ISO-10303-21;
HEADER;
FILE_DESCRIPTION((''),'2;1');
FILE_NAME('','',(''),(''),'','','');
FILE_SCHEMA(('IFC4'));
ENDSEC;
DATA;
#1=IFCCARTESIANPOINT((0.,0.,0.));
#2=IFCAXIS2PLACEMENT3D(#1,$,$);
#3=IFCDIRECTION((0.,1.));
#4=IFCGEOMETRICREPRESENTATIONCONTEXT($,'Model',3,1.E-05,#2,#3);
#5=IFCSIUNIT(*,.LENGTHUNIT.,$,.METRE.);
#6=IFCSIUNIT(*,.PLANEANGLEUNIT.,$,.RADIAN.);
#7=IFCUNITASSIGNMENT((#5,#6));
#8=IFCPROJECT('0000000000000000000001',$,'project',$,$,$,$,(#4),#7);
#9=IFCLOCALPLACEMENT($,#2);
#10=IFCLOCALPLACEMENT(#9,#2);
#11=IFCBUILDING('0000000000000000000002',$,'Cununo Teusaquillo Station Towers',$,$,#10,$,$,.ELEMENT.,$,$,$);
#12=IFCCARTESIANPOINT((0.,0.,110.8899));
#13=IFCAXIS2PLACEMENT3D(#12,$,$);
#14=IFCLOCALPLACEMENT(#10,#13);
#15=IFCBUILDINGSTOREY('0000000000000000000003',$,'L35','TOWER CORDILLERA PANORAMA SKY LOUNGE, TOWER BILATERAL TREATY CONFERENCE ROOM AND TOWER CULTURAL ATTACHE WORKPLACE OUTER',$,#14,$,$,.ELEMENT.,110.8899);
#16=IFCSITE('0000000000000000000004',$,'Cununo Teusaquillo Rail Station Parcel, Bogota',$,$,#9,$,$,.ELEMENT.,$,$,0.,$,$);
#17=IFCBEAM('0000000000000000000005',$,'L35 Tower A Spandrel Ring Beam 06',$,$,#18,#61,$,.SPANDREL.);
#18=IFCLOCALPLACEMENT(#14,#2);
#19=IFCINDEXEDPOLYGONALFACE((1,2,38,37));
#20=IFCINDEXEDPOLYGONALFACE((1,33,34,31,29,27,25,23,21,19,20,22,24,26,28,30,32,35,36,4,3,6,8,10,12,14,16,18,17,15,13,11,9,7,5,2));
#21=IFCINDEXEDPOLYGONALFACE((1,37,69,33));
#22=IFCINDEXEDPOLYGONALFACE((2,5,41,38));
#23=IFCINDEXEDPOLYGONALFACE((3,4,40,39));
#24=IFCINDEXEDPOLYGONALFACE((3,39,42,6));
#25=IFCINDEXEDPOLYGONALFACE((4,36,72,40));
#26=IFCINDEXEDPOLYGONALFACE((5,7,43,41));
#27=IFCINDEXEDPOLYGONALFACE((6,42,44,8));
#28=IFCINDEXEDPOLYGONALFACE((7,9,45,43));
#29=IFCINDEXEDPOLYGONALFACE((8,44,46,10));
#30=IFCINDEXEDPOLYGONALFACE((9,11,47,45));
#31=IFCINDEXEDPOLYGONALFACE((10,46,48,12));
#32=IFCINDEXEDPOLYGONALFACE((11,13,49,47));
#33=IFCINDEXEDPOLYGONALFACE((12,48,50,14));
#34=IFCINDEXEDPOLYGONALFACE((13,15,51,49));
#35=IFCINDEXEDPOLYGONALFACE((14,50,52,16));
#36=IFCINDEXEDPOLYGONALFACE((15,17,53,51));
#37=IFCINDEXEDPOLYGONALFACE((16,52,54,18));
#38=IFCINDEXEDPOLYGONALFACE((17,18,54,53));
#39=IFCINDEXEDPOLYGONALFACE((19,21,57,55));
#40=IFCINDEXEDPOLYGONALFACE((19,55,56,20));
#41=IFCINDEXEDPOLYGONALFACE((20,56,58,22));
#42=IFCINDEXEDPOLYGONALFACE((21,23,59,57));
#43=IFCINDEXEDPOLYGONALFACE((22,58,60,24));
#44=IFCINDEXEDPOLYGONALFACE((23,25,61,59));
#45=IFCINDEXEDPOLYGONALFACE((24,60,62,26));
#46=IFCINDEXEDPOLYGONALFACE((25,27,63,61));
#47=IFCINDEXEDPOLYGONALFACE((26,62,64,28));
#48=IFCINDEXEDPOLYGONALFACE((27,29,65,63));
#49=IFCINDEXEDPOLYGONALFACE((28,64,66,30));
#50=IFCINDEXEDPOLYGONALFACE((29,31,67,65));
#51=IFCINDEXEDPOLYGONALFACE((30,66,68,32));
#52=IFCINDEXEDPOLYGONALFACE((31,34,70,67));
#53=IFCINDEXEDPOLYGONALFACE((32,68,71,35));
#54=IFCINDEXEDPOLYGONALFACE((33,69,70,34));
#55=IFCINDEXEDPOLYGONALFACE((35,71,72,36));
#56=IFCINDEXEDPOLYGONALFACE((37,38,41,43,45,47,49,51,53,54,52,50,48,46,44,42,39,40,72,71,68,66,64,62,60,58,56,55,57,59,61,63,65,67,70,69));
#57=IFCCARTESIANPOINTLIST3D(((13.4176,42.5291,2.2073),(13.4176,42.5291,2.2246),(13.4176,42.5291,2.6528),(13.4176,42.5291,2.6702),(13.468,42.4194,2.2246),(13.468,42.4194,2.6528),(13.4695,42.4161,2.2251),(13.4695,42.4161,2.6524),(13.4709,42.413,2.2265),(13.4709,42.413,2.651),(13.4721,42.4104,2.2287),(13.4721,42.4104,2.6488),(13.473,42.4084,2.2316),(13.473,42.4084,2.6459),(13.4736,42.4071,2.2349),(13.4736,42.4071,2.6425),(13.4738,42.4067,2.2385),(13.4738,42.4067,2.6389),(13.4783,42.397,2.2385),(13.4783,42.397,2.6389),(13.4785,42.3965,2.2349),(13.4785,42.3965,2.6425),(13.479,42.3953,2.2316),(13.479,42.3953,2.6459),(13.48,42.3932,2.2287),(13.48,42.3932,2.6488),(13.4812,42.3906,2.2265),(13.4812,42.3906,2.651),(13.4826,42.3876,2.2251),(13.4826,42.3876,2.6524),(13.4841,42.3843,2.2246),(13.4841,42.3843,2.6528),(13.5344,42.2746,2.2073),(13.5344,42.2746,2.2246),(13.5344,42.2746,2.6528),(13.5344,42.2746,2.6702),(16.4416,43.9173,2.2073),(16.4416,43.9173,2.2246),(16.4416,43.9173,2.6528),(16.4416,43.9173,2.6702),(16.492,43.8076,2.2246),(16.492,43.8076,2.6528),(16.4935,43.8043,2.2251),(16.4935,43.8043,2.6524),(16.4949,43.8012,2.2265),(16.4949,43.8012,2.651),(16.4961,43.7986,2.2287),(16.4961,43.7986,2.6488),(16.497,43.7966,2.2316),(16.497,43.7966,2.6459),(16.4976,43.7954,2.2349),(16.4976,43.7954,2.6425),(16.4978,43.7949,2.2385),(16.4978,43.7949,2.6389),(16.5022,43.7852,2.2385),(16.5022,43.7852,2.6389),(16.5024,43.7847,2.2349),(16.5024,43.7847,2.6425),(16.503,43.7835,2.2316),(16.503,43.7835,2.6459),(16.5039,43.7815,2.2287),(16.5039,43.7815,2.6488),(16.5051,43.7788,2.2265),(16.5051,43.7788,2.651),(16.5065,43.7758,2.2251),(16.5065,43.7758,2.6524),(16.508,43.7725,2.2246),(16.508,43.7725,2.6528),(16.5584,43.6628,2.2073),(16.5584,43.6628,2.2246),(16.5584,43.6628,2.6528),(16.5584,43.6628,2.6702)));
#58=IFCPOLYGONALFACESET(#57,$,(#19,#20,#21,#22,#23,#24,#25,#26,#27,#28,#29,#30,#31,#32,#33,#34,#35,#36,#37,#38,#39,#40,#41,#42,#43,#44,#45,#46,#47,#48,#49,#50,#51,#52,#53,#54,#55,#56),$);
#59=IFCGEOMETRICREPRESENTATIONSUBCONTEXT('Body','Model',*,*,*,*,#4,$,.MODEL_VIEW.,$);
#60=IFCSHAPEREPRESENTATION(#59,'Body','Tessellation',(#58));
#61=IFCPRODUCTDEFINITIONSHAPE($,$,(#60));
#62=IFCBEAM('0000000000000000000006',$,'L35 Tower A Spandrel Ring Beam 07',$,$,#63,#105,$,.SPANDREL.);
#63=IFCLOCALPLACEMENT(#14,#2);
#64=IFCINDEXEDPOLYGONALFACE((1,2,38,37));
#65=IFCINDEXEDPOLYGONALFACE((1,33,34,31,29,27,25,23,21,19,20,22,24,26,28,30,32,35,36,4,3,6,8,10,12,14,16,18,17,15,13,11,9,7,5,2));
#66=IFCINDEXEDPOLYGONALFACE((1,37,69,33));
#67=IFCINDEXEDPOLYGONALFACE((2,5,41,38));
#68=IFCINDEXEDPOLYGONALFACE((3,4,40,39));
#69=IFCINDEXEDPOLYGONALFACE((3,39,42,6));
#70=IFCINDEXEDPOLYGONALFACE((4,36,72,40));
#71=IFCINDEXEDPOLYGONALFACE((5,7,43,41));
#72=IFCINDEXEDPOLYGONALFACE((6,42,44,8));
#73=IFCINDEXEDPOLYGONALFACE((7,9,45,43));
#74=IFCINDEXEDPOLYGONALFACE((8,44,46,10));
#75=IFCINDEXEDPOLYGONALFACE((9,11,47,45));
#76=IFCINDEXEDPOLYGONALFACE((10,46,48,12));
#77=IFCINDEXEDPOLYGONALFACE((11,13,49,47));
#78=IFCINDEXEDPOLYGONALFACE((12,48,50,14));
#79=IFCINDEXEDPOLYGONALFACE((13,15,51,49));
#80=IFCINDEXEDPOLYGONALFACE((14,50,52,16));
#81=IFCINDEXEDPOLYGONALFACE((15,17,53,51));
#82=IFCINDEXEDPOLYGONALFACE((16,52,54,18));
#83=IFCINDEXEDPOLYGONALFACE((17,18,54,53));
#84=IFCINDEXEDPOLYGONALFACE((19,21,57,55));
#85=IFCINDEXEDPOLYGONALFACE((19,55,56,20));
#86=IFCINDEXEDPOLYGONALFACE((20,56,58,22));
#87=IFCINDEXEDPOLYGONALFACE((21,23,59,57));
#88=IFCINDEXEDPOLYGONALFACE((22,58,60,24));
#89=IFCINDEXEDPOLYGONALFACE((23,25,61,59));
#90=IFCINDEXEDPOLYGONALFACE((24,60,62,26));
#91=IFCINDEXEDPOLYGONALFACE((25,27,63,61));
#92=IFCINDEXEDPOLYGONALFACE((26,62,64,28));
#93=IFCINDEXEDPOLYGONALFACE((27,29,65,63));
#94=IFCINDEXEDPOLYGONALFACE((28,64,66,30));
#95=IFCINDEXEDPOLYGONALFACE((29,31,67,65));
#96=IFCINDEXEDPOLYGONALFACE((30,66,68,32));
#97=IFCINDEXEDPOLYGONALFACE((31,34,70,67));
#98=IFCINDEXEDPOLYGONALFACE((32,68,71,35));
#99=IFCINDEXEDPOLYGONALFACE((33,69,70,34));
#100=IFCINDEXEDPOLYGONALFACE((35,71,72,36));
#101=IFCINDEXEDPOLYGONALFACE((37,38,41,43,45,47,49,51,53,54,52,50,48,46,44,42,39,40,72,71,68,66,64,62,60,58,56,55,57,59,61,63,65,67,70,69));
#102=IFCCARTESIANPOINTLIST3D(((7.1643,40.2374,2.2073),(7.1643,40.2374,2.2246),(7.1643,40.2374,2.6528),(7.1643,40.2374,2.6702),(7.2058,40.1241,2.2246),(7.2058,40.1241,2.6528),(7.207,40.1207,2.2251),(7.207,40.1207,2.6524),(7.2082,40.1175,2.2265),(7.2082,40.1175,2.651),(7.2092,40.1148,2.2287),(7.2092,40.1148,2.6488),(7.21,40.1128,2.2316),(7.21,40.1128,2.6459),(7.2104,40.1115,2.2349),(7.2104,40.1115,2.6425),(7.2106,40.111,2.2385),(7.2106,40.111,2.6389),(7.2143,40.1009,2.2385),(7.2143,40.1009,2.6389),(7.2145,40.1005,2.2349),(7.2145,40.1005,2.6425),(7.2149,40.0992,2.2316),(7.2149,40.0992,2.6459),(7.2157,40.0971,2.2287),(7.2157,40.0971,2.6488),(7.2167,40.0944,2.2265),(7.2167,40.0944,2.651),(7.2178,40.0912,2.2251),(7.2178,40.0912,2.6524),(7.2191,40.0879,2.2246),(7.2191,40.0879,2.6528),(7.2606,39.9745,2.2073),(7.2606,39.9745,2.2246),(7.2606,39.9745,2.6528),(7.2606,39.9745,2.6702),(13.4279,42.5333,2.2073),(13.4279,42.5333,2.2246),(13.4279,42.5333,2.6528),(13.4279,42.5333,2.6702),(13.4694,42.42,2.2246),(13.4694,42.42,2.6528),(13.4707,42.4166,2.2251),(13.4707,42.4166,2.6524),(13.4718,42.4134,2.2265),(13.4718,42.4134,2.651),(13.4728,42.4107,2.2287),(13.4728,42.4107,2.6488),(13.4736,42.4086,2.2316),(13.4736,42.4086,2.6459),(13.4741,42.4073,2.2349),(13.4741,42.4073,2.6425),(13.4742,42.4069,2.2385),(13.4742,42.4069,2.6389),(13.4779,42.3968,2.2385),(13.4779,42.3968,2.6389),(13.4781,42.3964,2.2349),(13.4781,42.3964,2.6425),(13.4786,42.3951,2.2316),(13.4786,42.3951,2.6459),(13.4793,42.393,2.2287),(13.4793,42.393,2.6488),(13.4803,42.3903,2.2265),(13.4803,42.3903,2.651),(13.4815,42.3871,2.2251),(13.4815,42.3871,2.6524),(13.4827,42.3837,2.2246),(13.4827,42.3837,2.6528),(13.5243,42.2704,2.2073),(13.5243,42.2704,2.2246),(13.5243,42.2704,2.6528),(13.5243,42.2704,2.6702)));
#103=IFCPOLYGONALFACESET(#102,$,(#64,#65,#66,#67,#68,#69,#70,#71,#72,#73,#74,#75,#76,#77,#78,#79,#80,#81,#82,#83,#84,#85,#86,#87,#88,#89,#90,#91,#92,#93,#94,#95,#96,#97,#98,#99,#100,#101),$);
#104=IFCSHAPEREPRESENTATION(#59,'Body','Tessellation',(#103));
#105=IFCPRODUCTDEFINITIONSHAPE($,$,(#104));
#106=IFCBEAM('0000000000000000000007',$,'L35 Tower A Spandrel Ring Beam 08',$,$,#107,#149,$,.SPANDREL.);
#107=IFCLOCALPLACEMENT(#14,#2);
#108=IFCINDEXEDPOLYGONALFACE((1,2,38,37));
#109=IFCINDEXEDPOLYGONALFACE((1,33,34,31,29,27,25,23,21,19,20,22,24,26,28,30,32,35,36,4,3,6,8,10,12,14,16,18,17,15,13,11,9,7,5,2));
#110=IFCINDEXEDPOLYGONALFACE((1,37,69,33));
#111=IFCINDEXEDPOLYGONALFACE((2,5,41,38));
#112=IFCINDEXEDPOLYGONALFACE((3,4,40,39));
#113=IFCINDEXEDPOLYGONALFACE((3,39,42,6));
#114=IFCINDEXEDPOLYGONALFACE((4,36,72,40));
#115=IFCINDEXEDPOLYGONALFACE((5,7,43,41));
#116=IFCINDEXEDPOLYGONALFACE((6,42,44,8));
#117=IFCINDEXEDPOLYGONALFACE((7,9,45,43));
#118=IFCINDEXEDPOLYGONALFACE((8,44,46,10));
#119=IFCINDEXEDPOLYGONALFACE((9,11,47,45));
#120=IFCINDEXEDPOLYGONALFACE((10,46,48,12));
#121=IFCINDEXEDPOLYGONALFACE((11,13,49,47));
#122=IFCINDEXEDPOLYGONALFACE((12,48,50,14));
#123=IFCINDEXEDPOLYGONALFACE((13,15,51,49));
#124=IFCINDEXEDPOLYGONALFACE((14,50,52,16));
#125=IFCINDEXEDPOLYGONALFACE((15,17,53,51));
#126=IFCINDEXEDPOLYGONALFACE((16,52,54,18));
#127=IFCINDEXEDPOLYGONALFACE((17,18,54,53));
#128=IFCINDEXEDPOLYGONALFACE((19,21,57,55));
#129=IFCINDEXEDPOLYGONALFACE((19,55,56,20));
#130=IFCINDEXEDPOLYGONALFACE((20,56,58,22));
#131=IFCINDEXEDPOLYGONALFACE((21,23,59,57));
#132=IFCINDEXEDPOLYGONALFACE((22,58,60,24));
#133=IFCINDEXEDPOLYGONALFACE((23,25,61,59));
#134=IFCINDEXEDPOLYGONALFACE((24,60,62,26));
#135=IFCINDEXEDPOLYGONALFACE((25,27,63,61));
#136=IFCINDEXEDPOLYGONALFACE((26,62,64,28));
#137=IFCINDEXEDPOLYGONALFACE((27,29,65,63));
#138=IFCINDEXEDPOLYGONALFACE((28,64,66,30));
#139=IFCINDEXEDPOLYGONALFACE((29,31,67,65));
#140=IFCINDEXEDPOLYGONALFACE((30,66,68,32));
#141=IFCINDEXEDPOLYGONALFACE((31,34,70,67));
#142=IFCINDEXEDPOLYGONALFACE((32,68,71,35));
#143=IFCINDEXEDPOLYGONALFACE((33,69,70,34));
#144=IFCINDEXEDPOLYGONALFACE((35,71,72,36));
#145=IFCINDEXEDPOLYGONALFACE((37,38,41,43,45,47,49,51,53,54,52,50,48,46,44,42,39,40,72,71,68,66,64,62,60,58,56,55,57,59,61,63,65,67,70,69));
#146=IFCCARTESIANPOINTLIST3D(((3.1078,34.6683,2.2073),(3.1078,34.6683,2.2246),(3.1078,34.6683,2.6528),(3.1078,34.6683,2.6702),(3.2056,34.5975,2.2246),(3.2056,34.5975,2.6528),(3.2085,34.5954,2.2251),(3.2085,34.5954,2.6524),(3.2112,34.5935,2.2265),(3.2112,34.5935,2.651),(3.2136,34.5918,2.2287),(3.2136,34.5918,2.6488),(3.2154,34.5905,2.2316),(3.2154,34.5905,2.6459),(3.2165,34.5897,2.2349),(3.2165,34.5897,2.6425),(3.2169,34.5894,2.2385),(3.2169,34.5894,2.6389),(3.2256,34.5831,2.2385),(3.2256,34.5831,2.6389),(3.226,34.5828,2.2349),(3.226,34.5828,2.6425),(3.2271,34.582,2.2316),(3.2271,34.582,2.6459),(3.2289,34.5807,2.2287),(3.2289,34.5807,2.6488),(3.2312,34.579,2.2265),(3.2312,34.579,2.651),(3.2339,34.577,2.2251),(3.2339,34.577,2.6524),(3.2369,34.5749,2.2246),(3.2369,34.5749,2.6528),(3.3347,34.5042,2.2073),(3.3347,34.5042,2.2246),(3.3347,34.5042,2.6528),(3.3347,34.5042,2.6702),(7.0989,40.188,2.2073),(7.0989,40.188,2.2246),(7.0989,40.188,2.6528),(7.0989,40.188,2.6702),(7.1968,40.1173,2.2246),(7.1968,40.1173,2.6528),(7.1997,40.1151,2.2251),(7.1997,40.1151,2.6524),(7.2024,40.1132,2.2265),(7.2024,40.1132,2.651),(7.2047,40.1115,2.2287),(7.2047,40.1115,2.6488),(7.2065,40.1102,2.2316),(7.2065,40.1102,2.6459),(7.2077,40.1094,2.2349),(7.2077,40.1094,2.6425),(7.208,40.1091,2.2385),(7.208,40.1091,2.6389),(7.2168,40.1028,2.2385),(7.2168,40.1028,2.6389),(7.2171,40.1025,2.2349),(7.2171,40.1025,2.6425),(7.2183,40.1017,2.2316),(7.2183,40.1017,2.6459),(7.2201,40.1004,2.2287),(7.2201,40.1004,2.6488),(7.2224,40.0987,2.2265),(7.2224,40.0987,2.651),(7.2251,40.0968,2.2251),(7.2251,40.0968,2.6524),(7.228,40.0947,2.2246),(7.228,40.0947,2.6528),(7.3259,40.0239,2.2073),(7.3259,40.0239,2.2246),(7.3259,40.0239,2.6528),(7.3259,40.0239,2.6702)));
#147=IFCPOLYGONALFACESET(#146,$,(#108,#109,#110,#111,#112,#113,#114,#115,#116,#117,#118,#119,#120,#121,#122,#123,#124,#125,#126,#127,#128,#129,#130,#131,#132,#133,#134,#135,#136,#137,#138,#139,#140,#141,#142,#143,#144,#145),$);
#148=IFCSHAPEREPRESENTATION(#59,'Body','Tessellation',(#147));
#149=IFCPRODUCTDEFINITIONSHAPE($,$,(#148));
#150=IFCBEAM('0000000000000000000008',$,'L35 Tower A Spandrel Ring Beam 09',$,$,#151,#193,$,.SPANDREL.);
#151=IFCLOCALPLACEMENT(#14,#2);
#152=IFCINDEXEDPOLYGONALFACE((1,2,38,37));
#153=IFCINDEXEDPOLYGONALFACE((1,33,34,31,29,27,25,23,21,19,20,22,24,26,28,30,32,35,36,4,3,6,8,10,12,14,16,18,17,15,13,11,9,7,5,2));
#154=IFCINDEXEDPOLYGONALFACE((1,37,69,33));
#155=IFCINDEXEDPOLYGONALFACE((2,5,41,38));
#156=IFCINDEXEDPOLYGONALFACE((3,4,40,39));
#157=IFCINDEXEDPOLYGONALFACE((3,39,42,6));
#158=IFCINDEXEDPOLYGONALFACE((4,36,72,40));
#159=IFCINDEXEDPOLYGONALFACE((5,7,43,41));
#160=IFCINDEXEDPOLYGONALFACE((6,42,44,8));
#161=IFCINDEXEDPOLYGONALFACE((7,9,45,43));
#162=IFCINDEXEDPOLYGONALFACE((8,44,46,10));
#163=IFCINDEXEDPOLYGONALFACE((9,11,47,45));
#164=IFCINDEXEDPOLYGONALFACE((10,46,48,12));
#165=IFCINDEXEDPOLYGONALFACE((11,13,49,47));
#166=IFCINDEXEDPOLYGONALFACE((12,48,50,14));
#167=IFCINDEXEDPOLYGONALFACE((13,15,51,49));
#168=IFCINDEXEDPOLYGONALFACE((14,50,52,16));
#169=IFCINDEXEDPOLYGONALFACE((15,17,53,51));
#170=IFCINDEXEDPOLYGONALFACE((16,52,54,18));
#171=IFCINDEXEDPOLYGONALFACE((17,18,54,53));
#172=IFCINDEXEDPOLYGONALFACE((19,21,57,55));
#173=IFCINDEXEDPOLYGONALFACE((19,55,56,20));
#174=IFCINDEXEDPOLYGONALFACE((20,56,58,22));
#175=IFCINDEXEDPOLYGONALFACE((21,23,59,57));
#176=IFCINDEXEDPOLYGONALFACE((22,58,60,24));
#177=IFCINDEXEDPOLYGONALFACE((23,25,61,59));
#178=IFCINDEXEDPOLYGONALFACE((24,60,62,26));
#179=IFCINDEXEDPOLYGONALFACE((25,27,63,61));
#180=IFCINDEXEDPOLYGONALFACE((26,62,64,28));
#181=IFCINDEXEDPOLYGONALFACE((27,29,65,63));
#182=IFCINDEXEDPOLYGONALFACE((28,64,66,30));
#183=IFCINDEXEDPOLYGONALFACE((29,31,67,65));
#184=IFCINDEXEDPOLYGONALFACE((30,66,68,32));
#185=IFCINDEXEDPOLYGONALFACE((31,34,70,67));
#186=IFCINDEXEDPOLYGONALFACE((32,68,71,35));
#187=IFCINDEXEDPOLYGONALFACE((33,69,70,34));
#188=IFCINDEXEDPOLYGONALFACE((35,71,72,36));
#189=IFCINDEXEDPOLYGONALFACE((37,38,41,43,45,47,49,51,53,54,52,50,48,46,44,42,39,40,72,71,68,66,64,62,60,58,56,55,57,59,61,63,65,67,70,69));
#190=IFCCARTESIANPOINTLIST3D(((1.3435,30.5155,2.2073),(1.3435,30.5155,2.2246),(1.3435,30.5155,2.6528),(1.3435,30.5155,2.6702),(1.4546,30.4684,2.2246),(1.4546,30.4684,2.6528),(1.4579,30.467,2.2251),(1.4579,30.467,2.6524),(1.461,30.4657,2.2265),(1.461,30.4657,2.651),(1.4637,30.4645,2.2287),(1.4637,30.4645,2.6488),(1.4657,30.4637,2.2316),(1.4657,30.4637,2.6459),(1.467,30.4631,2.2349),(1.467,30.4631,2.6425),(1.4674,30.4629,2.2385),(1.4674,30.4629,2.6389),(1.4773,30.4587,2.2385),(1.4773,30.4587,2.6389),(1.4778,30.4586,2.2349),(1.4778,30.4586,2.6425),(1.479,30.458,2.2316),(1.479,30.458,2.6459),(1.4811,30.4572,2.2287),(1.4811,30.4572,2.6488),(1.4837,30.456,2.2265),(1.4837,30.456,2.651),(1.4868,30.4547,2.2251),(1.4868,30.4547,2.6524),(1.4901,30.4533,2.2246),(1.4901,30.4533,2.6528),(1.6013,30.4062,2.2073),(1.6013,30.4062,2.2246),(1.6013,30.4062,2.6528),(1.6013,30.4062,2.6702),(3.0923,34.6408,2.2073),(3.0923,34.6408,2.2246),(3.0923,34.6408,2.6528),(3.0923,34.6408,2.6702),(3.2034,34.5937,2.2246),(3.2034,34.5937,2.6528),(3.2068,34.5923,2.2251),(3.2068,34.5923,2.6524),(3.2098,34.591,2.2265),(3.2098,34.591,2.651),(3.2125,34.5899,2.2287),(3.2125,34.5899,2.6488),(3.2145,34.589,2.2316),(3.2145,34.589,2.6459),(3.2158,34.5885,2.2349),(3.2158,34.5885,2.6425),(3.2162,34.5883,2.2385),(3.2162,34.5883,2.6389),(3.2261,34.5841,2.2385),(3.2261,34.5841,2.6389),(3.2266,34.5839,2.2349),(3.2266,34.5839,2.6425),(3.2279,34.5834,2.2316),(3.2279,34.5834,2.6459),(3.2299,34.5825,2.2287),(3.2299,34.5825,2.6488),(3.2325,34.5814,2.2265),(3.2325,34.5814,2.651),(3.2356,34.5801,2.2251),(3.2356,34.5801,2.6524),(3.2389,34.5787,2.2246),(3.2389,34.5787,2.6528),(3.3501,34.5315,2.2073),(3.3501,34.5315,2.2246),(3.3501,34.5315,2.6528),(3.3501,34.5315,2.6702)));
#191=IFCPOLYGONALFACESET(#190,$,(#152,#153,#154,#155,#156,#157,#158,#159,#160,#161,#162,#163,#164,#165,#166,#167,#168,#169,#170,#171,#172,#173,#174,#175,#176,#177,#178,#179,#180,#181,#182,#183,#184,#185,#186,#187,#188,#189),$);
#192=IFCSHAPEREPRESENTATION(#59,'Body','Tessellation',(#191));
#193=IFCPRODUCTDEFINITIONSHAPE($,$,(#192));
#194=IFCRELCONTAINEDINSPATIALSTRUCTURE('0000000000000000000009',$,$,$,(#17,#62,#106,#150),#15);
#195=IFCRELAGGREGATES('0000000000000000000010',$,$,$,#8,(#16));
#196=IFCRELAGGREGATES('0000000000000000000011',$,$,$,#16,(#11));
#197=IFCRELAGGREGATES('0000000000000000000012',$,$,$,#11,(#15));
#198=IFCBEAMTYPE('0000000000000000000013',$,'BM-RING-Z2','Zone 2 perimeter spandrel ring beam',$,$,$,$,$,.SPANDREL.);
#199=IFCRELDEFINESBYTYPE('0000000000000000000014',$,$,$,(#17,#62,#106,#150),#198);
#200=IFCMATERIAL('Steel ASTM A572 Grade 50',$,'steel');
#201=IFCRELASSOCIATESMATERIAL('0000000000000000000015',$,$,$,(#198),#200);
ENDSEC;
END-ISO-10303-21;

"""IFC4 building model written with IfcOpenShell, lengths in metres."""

from ifc_helpers import new_model, si_unit, direction, frame, origin, origin_2d, place, context, subcontext, project, spatial, i_section, extrude, material, material_profile, profile_set, type_object, element, save


model = new_model("IFC4")

# Units and contexts
model_context = context("Model", 3, precision=1e-05, world=origin(), true_north=direction((0.0, 1.0)))
body_context = subcontext(model_context, "Body", "Model", "MODEL_VIEW")
ifc_project = project(units=[si_unit("LENGTHUNIT", "METRE"), si_unit("PLANEANGLEUNIT", "RADIAN")], contexts=[model_context])

# Site, building, storey
site_placement = place(None, origin())
site = spatial("IfcSite", under=ifc_project, at=site_placement, Name="Cununo Teusaquillo Rail Station Parcel, Bogota", CompositionType="ELEMENT", RefElevation=0.0)
building_placement = place(site_placement, origin())
building = spatial("IfcBuilding", under=site, at=building_placement, Name="Cununo Teusaquillo Station Towers", CompositionType="ELEMENT")
storey_placement = place(building_placement, frame((0.0, 0.0, 110.8899)))
storey = spatial("IfcBuildingStorey", under=building, at=storey_placement, Name="L35", Description="TOWER CORDILLERA PANORAMA SKY LOUNGE, TOWER BILATERAL TREATY CONFERENCE ROOM AND TOWER CULTURAL ATTACHE WORKPLACE OUTER", CompositionType="ELEMENT", Elevation=110.8899)

# Beams
ifc_material_1 = material(Name="Steel ASTM A572 Grade 50", Category="steel")
ifc_material_profile_1 = material_profile(ifc_material_1, i_section(OverallWidth=0.28, OverallDepth=0.4629, WebThickness=0.0107, FlangeThickness=0.0173, FilletRadius=0.0139, at=origin_2d()), Name="W18X76")
ifc_profile_set_1 = profile_set([ifc_material_profile_1], Name="Steel ASTM A572 Grade 50")
beam_type_1 = type_object("IfcBeamType", Name="BM-RING-Z2", Description="Zone 2 perimeter spandrel ring beam", PredefinedType="SPANDREL", material=ifc_profile_set_1)
beam_1_placement = place(storey_placement, frame((16.5, 43.79, 2.4387), z_axis=(-0.908812, -0.417205, 0.0), x_axis=(0.417205, -0.908812, 0.0)))
element("IfcBeam", 1, at=beam_1_placement, inside=storey, type_object=beam_type_1, Name="L35 Tower A Spandrel Ring Beam 06", PredefinedType="SPANDREL", context=body_context, shape_type="SweptSolid", body=[
    extrude(i_section(OverallWidth=0.28, OverallDepth=0.4629, WebThickness=0.0107, FlangeThickness=0.0173, FilletRadius=0.0139, at=origin_2d()), origin(), (0.0, 0.0, 1.0), 3.3274),
])
beam_2_placement = place(storey_placement, frame((13.4761, 42.4019, 2.4387), z_axis=(-0.938914, -0.344151, 0.0), x_axis=(0.344151, -0.938914, 0.0)))
element("IfcBeam", 2, at=beam_2_placement, inside=storey, type_object=beam_type_1, Name="L35 Tower A Spandrel Ring Beam 07", PredefinedType="SPANDREL", context=body_context, shape_type="SweptSolid", body=[
    extrude(i_section(OverallWidth=0.28, OverallDepth=0.4629, WebThickness=0.0107, FlangeThickness=0.0173, FilletRadius=0.0139, at=origin_2d()), origin(), (0.0, 0.0, 1.0), 6.6711),
])
beam_3_placement = place(storey_placement, frame((7.2124, 40.106, 2.4387), z_axis=(-0.585945, -0.810351, 0.0), x_axis=(0.810351, -0.585945, 0.0)))
element("IfcBeam", 3, at=beam_3_placement, inside=storey, type_object=beam_type_1, Name="L35 Tower A Spandrel Ring Beam 08", PredefinedType="SPANDREL", context=body_context, shape_type="SweptSolid", body=[
    extrude(i_section(OverallWidth=0.28, OverallDepth=0.4629, WebThickness=0.0107, FlangeThickness=0.0173, FilletRadius=0.0139, at=origin_2d()), origin(), (0.0, 0.0, 1.0), 6.8115),
])
beam_4_placement = place(storey_placement, frame((3.2212, 34.5862, 2.4387), z_axis=(-0.390299, -0.920688, 0.0), x_axis=(0.920688, -0.390299, 0.0)))
element("IfcBeam", 4, at=beam_4_placement, inside=storey, type_object=beam_type_1, Name="L35 Tower A Spandrel Ring Beam 09", PredefinedType="SPANDREL", context=body_context, shape_type="SweptSolid", body=[
    extrude(i_section(OverallWidth=0.28, OverallDepth=0.4629, WebThickness=0.0107, FlangeThickness=0.0173, FilletRadius=0.0139, at=origin_2d()), origin(), (0.0, 0.0, 1.0), 4.4807),
])

save(model, "model.ifc")
